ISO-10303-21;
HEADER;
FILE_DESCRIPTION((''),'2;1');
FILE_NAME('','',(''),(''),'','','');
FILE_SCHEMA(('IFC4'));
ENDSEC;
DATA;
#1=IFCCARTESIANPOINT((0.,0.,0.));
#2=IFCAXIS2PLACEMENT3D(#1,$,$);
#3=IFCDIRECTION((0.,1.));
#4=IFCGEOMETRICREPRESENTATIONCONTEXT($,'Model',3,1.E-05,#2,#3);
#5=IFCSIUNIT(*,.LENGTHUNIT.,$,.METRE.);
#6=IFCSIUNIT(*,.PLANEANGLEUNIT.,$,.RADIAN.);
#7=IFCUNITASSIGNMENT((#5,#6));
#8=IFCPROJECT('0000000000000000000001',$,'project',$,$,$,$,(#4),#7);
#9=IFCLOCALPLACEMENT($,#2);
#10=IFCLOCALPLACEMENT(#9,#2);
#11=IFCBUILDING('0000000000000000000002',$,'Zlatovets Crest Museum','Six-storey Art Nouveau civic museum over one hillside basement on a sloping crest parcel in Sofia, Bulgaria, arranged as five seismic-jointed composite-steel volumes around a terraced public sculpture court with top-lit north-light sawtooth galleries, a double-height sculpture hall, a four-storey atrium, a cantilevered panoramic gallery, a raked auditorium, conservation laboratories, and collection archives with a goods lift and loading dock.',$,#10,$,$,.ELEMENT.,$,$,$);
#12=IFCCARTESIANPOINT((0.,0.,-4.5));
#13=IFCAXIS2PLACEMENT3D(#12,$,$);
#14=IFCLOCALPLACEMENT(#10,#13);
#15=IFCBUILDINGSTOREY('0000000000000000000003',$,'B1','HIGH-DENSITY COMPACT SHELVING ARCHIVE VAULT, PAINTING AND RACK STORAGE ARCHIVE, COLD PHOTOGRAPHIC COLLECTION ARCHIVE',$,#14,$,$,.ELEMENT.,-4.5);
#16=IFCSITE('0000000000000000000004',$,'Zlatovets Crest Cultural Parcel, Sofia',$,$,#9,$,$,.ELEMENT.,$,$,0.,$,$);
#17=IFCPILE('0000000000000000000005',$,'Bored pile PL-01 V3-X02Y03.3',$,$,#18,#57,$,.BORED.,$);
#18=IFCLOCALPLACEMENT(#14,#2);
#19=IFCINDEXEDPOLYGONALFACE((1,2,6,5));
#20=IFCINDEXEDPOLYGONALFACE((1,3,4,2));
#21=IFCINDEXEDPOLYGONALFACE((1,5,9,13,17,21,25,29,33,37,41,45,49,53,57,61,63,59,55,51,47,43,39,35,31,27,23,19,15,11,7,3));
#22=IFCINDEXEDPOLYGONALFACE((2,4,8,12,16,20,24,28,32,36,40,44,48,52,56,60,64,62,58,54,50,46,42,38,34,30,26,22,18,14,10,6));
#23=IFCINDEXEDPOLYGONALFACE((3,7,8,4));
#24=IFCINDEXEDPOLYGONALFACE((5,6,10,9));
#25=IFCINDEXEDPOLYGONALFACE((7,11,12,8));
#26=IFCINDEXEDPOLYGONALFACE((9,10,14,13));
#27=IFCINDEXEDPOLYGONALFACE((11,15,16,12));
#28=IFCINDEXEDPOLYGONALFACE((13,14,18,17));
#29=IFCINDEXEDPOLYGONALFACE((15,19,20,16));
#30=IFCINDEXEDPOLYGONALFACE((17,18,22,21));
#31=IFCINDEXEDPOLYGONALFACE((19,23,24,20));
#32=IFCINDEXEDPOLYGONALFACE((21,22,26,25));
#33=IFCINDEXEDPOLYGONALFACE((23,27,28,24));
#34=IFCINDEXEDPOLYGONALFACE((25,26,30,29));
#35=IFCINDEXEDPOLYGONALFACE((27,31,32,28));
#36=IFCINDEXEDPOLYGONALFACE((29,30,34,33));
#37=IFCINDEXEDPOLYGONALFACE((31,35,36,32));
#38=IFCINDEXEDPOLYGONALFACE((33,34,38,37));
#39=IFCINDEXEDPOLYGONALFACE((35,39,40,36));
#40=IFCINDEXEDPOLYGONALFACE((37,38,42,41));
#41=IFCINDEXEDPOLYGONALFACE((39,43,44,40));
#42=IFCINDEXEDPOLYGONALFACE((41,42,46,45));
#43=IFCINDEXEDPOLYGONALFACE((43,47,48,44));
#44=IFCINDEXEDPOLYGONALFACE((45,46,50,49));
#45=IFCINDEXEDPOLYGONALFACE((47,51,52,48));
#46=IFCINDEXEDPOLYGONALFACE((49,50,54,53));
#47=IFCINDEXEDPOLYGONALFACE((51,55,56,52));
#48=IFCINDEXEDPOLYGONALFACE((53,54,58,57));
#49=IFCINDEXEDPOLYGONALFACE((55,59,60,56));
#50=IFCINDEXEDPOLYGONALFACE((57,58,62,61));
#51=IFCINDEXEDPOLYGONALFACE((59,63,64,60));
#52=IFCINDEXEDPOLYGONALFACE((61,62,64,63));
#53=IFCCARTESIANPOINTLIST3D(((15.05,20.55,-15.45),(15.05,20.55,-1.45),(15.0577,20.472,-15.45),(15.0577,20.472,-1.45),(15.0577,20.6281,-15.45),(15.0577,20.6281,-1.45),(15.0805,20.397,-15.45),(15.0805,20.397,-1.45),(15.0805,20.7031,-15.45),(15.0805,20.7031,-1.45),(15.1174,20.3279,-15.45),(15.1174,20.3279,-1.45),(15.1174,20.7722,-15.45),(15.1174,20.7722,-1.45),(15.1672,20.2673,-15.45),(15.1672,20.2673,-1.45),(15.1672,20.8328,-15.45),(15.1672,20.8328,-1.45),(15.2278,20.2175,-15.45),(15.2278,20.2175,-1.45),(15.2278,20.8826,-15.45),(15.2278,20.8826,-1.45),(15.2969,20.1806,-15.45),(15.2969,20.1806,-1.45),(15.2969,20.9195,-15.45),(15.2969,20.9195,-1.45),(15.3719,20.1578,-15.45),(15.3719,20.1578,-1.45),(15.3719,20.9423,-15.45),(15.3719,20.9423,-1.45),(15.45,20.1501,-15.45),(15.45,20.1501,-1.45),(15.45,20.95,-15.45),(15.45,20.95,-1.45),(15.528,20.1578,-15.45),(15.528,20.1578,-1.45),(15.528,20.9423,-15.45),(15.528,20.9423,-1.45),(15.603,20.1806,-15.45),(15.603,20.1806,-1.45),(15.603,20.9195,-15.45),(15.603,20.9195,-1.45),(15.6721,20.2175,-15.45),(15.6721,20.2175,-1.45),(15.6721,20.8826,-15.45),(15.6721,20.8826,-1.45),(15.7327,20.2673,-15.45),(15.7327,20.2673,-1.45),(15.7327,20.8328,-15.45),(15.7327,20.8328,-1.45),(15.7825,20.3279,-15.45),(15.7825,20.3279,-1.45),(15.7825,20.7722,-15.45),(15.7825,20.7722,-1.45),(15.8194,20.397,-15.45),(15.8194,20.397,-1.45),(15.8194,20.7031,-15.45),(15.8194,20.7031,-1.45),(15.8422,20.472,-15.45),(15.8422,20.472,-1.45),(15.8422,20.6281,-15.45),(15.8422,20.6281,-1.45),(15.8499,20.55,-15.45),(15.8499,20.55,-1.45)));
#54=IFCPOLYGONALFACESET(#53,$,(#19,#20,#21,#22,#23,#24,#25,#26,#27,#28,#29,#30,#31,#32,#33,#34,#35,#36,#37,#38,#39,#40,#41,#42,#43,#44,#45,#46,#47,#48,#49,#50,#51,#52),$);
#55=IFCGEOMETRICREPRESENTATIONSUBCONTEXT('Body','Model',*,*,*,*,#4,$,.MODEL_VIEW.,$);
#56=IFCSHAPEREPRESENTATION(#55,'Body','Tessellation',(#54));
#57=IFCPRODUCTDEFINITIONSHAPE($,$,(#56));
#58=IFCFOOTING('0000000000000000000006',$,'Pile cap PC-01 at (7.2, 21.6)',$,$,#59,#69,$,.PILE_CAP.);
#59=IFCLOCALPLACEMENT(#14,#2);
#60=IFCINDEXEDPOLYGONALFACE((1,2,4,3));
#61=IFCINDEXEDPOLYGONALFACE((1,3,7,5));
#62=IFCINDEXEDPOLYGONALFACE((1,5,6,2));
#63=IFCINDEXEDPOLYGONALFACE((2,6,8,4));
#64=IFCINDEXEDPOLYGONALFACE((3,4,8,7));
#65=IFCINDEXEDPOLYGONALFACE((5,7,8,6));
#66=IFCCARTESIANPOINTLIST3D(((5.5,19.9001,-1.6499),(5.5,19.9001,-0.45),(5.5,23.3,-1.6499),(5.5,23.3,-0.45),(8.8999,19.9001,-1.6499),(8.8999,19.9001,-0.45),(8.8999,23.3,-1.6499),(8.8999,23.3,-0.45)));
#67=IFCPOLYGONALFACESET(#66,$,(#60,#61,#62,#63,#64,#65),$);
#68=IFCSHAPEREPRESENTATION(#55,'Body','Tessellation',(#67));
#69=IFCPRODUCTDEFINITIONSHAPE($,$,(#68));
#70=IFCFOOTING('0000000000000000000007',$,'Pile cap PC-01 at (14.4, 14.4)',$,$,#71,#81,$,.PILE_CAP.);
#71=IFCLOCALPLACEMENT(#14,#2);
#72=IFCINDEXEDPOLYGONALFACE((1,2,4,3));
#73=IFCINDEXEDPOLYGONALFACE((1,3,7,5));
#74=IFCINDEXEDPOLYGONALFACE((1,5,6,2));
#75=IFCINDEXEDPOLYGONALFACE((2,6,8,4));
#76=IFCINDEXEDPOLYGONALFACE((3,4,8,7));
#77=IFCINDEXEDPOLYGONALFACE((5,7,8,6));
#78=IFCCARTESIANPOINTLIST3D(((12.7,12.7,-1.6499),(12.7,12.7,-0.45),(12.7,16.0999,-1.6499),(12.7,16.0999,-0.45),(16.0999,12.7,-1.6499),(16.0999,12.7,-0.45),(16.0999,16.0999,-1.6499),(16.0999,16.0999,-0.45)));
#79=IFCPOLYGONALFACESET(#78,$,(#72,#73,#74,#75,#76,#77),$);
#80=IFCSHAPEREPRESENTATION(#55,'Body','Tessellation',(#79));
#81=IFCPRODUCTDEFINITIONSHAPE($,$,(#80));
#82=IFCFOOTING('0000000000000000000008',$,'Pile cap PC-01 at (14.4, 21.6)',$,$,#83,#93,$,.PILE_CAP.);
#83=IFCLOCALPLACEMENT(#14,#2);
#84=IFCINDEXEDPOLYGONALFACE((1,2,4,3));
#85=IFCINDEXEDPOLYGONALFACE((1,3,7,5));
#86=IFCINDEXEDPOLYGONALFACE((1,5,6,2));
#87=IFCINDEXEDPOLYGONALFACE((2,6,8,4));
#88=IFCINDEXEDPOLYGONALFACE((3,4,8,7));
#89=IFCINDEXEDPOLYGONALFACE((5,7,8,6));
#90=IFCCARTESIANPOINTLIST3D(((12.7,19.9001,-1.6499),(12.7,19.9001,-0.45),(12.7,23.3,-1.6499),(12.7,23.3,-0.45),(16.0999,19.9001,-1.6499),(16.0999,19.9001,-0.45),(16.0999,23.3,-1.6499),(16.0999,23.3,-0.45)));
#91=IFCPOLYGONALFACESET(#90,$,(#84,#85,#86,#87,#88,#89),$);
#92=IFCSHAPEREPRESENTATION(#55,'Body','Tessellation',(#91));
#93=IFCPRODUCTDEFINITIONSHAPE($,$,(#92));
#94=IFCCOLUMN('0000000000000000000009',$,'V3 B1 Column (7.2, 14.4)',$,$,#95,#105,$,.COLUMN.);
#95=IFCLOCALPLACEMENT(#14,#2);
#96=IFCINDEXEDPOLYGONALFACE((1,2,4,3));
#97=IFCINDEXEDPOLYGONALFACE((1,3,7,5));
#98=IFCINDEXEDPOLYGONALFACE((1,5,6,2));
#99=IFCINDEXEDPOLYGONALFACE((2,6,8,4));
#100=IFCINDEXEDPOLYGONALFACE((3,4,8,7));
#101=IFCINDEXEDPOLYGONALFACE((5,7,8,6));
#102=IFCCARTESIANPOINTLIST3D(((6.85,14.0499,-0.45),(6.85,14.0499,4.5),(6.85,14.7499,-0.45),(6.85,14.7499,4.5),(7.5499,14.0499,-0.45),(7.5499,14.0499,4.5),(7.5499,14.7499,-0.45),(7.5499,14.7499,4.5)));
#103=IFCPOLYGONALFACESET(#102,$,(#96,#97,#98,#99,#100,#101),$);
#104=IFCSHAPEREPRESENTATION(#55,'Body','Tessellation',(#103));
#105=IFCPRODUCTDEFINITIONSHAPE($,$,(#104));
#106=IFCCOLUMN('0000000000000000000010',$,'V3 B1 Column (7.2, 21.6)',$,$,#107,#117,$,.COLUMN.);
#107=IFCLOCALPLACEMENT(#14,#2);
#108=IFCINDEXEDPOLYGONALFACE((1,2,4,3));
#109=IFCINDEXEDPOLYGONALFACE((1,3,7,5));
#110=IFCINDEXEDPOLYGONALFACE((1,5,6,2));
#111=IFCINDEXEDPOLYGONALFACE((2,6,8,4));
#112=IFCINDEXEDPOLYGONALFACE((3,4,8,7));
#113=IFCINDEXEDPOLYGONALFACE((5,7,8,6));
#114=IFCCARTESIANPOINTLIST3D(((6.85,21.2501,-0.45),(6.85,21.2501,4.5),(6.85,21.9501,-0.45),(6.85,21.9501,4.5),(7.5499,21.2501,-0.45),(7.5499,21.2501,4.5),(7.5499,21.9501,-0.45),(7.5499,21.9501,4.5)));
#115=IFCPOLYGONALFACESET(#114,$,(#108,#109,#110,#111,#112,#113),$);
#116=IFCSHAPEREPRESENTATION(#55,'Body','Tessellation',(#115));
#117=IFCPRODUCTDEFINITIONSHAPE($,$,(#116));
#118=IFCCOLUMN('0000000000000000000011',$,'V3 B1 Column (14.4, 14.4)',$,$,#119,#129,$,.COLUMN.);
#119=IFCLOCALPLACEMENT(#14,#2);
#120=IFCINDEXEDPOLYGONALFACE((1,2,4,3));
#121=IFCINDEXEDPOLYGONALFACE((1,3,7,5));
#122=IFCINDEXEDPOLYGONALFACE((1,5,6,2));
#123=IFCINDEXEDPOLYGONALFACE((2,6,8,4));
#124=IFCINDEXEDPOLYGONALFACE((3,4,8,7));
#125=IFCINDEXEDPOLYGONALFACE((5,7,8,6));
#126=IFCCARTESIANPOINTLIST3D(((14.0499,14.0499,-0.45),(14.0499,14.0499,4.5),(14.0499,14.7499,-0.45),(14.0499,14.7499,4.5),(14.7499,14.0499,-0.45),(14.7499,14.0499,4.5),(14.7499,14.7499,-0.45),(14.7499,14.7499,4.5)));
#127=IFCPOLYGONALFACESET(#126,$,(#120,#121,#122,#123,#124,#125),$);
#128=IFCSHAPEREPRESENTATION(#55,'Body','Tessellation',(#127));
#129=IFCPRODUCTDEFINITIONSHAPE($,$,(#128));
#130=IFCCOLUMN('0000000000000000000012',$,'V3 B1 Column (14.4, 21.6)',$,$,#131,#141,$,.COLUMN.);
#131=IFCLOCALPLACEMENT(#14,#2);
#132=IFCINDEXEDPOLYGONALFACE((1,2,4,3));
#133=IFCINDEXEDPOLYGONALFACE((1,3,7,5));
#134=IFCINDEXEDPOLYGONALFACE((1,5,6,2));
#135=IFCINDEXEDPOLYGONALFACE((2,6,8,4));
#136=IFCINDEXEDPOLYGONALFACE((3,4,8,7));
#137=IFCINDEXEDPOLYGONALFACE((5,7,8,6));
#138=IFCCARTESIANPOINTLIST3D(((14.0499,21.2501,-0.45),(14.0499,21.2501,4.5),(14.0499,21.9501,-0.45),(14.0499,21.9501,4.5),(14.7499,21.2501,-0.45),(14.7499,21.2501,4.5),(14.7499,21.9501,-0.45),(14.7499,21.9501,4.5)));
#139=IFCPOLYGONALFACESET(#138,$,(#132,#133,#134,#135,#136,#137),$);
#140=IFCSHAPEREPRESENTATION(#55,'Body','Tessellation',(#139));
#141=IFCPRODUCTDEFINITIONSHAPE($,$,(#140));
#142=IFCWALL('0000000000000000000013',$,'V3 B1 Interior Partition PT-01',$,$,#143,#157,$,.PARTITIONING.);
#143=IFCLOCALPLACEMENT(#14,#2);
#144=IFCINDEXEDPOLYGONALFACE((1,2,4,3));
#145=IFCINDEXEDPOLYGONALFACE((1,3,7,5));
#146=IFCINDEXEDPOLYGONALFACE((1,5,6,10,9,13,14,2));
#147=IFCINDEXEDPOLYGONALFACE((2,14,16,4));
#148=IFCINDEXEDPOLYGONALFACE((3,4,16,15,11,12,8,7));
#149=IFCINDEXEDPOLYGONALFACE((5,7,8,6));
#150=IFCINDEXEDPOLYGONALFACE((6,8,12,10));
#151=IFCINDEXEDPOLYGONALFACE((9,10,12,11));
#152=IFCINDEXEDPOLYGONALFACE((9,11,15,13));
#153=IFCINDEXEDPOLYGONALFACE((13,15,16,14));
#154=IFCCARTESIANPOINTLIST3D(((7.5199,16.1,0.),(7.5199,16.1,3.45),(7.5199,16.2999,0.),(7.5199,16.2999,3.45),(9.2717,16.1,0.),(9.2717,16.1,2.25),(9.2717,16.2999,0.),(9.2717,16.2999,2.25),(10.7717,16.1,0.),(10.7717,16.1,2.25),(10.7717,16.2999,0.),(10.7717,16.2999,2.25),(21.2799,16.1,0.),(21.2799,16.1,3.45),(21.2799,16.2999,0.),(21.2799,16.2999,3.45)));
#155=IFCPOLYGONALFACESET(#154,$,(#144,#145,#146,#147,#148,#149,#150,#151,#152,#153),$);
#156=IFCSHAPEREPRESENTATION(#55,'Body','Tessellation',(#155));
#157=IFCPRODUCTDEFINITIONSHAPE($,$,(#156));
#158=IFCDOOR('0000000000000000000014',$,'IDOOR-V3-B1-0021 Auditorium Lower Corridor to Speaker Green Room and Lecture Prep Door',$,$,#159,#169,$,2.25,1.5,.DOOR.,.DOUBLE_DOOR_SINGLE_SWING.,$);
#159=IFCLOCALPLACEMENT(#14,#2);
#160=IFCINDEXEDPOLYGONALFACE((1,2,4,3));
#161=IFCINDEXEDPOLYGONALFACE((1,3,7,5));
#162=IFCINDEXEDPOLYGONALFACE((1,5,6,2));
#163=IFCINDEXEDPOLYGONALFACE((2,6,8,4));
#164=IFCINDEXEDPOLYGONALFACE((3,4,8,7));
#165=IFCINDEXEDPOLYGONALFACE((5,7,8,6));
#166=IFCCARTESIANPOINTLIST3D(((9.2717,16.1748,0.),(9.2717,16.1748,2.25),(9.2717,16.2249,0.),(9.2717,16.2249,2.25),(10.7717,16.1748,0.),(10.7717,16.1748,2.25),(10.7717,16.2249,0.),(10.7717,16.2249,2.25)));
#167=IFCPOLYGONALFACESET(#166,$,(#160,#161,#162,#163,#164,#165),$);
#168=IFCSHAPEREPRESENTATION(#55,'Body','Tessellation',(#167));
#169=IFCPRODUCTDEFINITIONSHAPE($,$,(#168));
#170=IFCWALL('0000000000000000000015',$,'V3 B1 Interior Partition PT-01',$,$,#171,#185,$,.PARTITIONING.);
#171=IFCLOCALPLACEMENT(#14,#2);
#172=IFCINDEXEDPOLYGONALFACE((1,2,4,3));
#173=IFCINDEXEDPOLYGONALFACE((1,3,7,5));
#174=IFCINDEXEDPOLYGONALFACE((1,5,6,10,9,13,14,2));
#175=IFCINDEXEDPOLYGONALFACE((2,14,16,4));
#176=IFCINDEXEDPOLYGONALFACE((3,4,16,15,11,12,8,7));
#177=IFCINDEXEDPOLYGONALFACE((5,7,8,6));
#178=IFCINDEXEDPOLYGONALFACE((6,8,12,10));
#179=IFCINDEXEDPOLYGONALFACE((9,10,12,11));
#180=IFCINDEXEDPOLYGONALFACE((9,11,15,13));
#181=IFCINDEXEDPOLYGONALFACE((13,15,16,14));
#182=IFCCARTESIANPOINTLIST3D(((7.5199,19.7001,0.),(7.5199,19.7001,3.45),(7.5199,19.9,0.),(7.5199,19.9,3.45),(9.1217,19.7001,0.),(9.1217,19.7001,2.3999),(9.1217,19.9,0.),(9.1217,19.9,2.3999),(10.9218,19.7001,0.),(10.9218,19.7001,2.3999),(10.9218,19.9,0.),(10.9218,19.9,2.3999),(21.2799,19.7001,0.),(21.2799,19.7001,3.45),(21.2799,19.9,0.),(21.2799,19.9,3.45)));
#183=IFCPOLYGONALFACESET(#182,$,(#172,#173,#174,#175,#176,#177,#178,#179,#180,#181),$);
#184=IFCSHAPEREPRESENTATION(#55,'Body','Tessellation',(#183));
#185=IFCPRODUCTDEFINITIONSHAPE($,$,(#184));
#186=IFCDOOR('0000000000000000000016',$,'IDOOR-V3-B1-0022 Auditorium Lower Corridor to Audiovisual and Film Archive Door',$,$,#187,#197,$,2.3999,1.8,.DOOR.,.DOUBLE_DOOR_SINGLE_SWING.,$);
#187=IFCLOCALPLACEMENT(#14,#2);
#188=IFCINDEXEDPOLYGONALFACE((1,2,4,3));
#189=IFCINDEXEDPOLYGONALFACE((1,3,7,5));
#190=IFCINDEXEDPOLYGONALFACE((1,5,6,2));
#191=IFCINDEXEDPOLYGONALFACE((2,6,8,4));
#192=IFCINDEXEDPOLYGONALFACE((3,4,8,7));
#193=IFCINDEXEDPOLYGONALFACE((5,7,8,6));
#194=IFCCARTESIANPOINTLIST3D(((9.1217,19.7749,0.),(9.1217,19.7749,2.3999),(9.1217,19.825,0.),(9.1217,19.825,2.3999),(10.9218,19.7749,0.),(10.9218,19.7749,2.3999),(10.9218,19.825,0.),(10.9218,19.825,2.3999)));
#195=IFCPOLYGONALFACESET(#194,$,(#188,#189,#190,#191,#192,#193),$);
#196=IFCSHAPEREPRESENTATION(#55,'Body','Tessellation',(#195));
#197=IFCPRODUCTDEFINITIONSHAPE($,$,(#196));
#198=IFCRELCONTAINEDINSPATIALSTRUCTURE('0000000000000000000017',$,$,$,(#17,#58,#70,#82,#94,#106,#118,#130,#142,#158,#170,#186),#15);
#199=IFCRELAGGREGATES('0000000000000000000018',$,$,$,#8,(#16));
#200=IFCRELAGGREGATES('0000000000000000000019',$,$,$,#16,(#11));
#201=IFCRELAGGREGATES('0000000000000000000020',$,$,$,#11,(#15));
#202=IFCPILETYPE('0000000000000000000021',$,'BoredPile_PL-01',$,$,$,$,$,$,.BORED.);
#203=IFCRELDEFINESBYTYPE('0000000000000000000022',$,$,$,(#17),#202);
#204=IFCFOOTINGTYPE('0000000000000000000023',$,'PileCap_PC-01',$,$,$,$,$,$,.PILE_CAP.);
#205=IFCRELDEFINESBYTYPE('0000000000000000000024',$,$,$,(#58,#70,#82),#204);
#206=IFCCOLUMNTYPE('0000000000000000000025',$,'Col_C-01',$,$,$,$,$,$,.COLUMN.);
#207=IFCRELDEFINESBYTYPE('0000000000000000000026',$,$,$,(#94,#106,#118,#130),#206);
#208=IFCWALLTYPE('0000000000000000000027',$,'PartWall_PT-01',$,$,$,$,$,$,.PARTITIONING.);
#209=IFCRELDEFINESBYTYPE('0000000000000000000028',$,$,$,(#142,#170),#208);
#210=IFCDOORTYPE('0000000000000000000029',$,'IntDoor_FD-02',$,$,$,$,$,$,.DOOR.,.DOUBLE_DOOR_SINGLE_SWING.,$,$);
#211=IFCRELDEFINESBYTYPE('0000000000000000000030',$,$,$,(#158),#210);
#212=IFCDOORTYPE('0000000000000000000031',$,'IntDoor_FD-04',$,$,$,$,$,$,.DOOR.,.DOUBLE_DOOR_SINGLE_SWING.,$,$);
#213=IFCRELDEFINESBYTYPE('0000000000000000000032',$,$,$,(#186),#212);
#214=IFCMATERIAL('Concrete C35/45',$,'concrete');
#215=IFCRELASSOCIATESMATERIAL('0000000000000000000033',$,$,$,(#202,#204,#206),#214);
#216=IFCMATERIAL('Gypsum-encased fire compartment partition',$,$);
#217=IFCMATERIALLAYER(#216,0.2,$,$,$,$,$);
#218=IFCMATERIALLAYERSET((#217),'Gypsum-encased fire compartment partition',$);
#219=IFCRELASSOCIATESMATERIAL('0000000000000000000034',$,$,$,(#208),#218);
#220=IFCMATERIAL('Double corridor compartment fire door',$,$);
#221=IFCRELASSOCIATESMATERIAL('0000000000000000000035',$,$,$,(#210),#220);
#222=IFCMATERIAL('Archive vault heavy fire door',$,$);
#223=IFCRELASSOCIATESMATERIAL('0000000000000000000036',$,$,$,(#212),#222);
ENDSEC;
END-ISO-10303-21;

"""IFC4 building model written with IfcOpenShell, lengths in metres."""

from ifc_helpers import new_model, si_unit, direction, frame, frame_2d, origin, origin_2d, place, context, subcontext, project, spatial, rectangle, circle, extrude, material, layer, layer_set, material_profile, profile_set, type_object, element, fill, save


model = new_model("IFC4")

# Units and contexts
model_context = context("Model", 3, precision=1e-05, world=origin(), true_north=direction((0.0, 1.0)))
body_context = subcontext(model_context, "Body", "Model", "MODEL_VIEW")
ifc_project = project(units=[si_unit("LENGTHUNIT", "METRE"), si_unit("PLANEANGLEUNIT", "RADIAN")], contexts=[model_context])

# Site, building, storey
site_placement = place(None, origin())
site = spatial("IfcSite", under=ifc_project, at=site_placement, Name="Zlatovets Crest Cultural Parcel, Sofia", CompositionType="ELEMENT", RefElevation=0.0)
building_placement = place(site_placement, origin())
building = spatial("IfcBuilding", under=site, at=building_placement, Name="Zlatovets Crest Museum", Description="Six-storey Art Nouveau civic museum over one hillside basement on a sloping crest parcel in Sofia, Bulgaria, arranged as five seismic-jointed composite-steel volumes around a terraced public sculpture court with top-lit north-light sawtooth galleries, a double-height sculpture hall, a four-storey atrium, a cantilevered panoramic gallery, a raked auditorium, conservation laboratories, and collection archives with a goods lift and loading dock.", CompositionType="ELEMENT")
storey_placement = place(building_placement, frame((0.0, 0.0, -4.5)))
storey = spatial("IfcBuildingStorey", under=building, at=storey_placement, Name="B1", Description="HIGH-DENSITY COMPACT SHELVING ARCHIVE VAULT, PAINTING AND RACK STORAGE ARCHIVE, COLD PHOTOGRAPHIC COLLECTION ARCHIVE", CompositionType="ELEMENT", Elevation=-4.5)

# Pile
ifc_material_1 = material(Name="Concrete C35/45", Category="concrete")
ifc_material_profile_1 = material_profile(ifc_material_1, circle(Radius=0.3999, at=origin_2d()), Name="PILE D800")
ifc_profile_set_1 = profile_set([ifc_material_profile_1], Name="Concrete C35/45")
pile_type = type_object("IfcPileType", Name="BoredPile_PL-01", PredefinedType="BORED", material=ifc_profile_set_1)
for number, where, z_axis, x_axis, name in (
    (1, (15.45, 20.55, -1.45), (0.0, 0.0, -1.0), (1.0, 0.0, 0.0), "Bored pile PL-01 V3-X02Y03.3"),
):
    element("IfcPile", number, at=place(storey_placement, frame(where, z_axis=z_axis, x_axis=x_axis)), inside=storey, type_object=pile_type, Name=name, PredefinedType="BORED", context=body_context, shape_type="SweptSolid", body=[
        extrude(circle(Radius=0.3999, at=origin_2d()), origin(), (0.0, 0.0, 1.0), 14.0),
    ])

# Footings
footing_type = type_object("IfcFootingType", Name="PileCap_PC-01", PredefinedType="PILE_CAP", material=ifc_material_1)
for number, where, z_axis, x_axis, name in (
    (2, (7.2, 21.6001, -1.6499), (0.0, 0.0, 1.0), (1.0, 0.0, 0.0), "Pile cap PC-01 at (7.2, 21.6)"),
    (3, (14.3999, 14.3999, -1.6499), (0.0, 0.0, 1.0), (1.0, 0.0, 0.0), "Pile cap PC-01 at (14.4, 14.4)"),
    (4, (14.3999, 21.6001, -1.6499), (0.0, 0.0, 1.0), (1.0, 0.0, 0.0), "Pile cap PC-01 at (14.4, 21.6)"),
):
    element("IfcFooting", number, at=place(storey_placement, frame(where, z_axis=z_axis, x_axis=x_axis)), inside=storey, type_object=footing_type, Name=name, PredefinedType="PILE_CAP", context=body_context, shape_type="SweptSolid", body=[
        extrude(rectangle(XDim=3.3999, YDim=3.3999, at=origin_2d()), origin(), (0.0, 0.0, 1.0), 1.2),
    ])

# Columns
ifc_material_profile_2 = material_profile(ifc_material_1, rectangle(XDim=0.7, YDim=0.7, at=origin_2d()), Name="RC 700x700")
ifc_profile_set_2 = profile_set([ifc_material_profile_2], Name="Concrete C35/45")
column_type = type_object("IfcColumnType", Name="Col_C-01", PredefinedType="COLUMN", material=ifc_profile_set_2)
for number, where, z_axis, x_axis, name in (
    (5, (7.2, 14.3999, -0.45), (0.0, 0.0, 1.0), (0.0, 1.0, 0.0), "V3 B1 Column (7.2, 14.4)"),
    (6, (7.2, 21.6001, -0.45), (0.0, 0.0, 1.0), (1.0, 0.0, 0.0), "V3 B1 Column (7.2, 21.6)"),
    (7, (14.3999, 14.3999, -0.45), (0.0, 0.0, 1.0), (1.0, 0.0, 0.0), "V3 B1 Column (14.4, 14.4)"),
    (8, (14.3999, 21.6001, -0.45), (0.0, 0.0, 1.0), (0.0, 1.0, 0.0), "V3 B1 Column (14.4, 21.6)"),
):
    element("IfcColumn", number, at=place(storey_placement, frame(where, z_axis=z_axis, x_axis=x_axis)), inside=storey, type_object=column_type, Name=name, PredefinedType="COLUMN", context=body_context, shape_type="SweptSolid", body=[
        extrude(rectangle(XDim=0.7, YDim=0.7, at=origin_2d()), origin(), (0.0, 0.0, 1.0), 4.95),
    ])

# Walls, openings, doors
ifc_material_2 = material(Name="Gypsum-encased fire compartment partition")
ifc_layer = layer(ifc_material_2, 0.2)
ifc_layer_set = layer_set([ifc_layer], Name="Gypsum-encased fire compartment partition")
wall_type = type_object("IfcWallType", Name="PartWall_PT-01", PredefinedType="PARTITIONING", material=ifc_layer_set)
wall_1_placement = place(storey_placement, frame((7.52, 16.2, 0.0), z_axis=(0.0, 0.0, 1.0), x_axis=(1.0, 0.0, 0.0)))
wall_1 = element("IfcWall", 9, at=wall_1_placement, inside=storey, type_object=wall_type, Name="V3 B1 Interior Partition PT-01", PredefinedType="PARTITIONING", context=body_context, shape_type="SweptSolid", body=[
    extrude(rectangle(XDim=13.76, YDim=0.2, at=frame_2d((6.8799, 0.0))), origin(), (0.0, 0.0, 1.0), 3.45),
])
opening_1_placement = place(wall_1_placement, frame((1.7517, 0.0, 0.0)))
opening_1 = element("IfcOpeningElement", 10, at=opening_1_placement, cuts=wall_1, PredefinedType="OPENING", context=body_context, shape_type="SweptSolid", body=[
    extrude(rectangle(XDim=1.5, YDim=2.25, at=frame_2d((0.75, 1.125))), frame((0.0, 0.1099, 0.0), z_axis=(0.0, -1.0, 0.0), x_axis=(1.0, 0.0, 0.0)), (0.0, 0.0, 1.0), 0.22),
])
ifc_material_3 = material(Name="Double corridor compartment fire door")
door_type_1 = type_object("IfcDoorType", Name="IntDoor_FD-02", OperationType="DOUBLE_DOOR_SINGLE_SWING", PredefinedType="DOOR", material=ifc_material_3)
door_1_placement = place(opening_1_placement, origin())
door_1 = element("IfcDoor", 11, at=door_1_placement, inside=storey, type_object=door_type_1, Name="IDOOR-V3-B1-0021 Auditorium Lower Corridor to Speaker Green Room and Lecture Prep Door", OperationType="DOUBLE_DOOR_SINGLE_SWING", OverallHeight=2.25, OverallWidth=1.5, PredefinedType="DOOR", context=body_context, shape_type="SweptSolid", body=[
    extrude(rectangle(XDim=1.5, YDim=2.25, at=frame_2d((0.75, 1.125))), frame((0.0, 0.0249, 0.0), z_axis=(0.0, -1.0, 0.0), x_axis=(1.0, 0.0, 0.0)), (0.0, 0.0, 1.0), 0.05),
])
fill(opening_1, door_1)
wall_2_placement = place(storey_placement, frame((7.52, 19.8, 0.0), z_axis=(0.0, 0.0, 1.0), x_axis=(1.0, 0.0, 0.0)))
wall_2 = element("IfcWall", 12, at=wall_2_placement, inside=storey, type_object=wall_type, Name="V3 B1 Interior Partition PT-01", PredefinedType="PARTITIONING", context=body_context, shape_type="SweptSolid", body=[
    extrude(rectangle(XDim=13.76, YDim=0.2, at=frame_2d((6.8799, 0.0))), origin(), (0.0, 0.0, 1.0), 3.45),
])
opening_2_placement = place(wall_2_placement, frame((1.6018, 0.0, 0.0)))
opening_2 = element("IfcOpeningElement", 13, at=opening_2_placement, cuts=wall_2, PredefinedType="OPENING", context=body_context, shape_type="SweptSolid", body=[
    extrude(rectangle(XDim=1.8, YDim=2.3999, at=frame_2d((0.8999, 1.2))), frame((0.0, 0.1099, 0.0), z_axis=(0.0, -1.0, 0.0), x_axis=(1.0, 0.0, 0.0)), (0.0, 0.0, 1.0), 0.22),
])
ifc_material_4 = material(Name="Archive vault heavy fire door")
door_type_2 = type_object("IfcDoorType", Name="IntDoor_FD-04", OperationType="DOUBLE_DOOR_SINGLE_SWING", PredefinedType="DOOR", material=ifc_material_4)
door_2_placement = place(opening_2_placement, origin())
door_2 = element("IfcDoor", 14, at=door_2_placement, inside=storey, type_object=door_type_2, Name="IDOOR-V3-B1-0022 Auditorium Lower Corridor to Audiovisual and Film Archive Door", OperationType="DOUBLE_DOOR_SINGLE_SWING", OverallHeight=2.3999, OverallWidth=1.8, PredefinedType="DOOR", context=body_context, shape_type="SweptSolid", body=[
    extrude(rectangle(XDim=1.8, YDim=2.3999, at=frame_2d((0.8999, 1.2))), frame((0.0, 0.0249, 0.0), z_axis=(0.0, -1.0, 0.0), x_axis=(1.0, 0.0, 0.0)), (0.0, 0.0, 1.0), 0.05),
])
fill(opening_2, door_2)

save(model, "model.ifc")
